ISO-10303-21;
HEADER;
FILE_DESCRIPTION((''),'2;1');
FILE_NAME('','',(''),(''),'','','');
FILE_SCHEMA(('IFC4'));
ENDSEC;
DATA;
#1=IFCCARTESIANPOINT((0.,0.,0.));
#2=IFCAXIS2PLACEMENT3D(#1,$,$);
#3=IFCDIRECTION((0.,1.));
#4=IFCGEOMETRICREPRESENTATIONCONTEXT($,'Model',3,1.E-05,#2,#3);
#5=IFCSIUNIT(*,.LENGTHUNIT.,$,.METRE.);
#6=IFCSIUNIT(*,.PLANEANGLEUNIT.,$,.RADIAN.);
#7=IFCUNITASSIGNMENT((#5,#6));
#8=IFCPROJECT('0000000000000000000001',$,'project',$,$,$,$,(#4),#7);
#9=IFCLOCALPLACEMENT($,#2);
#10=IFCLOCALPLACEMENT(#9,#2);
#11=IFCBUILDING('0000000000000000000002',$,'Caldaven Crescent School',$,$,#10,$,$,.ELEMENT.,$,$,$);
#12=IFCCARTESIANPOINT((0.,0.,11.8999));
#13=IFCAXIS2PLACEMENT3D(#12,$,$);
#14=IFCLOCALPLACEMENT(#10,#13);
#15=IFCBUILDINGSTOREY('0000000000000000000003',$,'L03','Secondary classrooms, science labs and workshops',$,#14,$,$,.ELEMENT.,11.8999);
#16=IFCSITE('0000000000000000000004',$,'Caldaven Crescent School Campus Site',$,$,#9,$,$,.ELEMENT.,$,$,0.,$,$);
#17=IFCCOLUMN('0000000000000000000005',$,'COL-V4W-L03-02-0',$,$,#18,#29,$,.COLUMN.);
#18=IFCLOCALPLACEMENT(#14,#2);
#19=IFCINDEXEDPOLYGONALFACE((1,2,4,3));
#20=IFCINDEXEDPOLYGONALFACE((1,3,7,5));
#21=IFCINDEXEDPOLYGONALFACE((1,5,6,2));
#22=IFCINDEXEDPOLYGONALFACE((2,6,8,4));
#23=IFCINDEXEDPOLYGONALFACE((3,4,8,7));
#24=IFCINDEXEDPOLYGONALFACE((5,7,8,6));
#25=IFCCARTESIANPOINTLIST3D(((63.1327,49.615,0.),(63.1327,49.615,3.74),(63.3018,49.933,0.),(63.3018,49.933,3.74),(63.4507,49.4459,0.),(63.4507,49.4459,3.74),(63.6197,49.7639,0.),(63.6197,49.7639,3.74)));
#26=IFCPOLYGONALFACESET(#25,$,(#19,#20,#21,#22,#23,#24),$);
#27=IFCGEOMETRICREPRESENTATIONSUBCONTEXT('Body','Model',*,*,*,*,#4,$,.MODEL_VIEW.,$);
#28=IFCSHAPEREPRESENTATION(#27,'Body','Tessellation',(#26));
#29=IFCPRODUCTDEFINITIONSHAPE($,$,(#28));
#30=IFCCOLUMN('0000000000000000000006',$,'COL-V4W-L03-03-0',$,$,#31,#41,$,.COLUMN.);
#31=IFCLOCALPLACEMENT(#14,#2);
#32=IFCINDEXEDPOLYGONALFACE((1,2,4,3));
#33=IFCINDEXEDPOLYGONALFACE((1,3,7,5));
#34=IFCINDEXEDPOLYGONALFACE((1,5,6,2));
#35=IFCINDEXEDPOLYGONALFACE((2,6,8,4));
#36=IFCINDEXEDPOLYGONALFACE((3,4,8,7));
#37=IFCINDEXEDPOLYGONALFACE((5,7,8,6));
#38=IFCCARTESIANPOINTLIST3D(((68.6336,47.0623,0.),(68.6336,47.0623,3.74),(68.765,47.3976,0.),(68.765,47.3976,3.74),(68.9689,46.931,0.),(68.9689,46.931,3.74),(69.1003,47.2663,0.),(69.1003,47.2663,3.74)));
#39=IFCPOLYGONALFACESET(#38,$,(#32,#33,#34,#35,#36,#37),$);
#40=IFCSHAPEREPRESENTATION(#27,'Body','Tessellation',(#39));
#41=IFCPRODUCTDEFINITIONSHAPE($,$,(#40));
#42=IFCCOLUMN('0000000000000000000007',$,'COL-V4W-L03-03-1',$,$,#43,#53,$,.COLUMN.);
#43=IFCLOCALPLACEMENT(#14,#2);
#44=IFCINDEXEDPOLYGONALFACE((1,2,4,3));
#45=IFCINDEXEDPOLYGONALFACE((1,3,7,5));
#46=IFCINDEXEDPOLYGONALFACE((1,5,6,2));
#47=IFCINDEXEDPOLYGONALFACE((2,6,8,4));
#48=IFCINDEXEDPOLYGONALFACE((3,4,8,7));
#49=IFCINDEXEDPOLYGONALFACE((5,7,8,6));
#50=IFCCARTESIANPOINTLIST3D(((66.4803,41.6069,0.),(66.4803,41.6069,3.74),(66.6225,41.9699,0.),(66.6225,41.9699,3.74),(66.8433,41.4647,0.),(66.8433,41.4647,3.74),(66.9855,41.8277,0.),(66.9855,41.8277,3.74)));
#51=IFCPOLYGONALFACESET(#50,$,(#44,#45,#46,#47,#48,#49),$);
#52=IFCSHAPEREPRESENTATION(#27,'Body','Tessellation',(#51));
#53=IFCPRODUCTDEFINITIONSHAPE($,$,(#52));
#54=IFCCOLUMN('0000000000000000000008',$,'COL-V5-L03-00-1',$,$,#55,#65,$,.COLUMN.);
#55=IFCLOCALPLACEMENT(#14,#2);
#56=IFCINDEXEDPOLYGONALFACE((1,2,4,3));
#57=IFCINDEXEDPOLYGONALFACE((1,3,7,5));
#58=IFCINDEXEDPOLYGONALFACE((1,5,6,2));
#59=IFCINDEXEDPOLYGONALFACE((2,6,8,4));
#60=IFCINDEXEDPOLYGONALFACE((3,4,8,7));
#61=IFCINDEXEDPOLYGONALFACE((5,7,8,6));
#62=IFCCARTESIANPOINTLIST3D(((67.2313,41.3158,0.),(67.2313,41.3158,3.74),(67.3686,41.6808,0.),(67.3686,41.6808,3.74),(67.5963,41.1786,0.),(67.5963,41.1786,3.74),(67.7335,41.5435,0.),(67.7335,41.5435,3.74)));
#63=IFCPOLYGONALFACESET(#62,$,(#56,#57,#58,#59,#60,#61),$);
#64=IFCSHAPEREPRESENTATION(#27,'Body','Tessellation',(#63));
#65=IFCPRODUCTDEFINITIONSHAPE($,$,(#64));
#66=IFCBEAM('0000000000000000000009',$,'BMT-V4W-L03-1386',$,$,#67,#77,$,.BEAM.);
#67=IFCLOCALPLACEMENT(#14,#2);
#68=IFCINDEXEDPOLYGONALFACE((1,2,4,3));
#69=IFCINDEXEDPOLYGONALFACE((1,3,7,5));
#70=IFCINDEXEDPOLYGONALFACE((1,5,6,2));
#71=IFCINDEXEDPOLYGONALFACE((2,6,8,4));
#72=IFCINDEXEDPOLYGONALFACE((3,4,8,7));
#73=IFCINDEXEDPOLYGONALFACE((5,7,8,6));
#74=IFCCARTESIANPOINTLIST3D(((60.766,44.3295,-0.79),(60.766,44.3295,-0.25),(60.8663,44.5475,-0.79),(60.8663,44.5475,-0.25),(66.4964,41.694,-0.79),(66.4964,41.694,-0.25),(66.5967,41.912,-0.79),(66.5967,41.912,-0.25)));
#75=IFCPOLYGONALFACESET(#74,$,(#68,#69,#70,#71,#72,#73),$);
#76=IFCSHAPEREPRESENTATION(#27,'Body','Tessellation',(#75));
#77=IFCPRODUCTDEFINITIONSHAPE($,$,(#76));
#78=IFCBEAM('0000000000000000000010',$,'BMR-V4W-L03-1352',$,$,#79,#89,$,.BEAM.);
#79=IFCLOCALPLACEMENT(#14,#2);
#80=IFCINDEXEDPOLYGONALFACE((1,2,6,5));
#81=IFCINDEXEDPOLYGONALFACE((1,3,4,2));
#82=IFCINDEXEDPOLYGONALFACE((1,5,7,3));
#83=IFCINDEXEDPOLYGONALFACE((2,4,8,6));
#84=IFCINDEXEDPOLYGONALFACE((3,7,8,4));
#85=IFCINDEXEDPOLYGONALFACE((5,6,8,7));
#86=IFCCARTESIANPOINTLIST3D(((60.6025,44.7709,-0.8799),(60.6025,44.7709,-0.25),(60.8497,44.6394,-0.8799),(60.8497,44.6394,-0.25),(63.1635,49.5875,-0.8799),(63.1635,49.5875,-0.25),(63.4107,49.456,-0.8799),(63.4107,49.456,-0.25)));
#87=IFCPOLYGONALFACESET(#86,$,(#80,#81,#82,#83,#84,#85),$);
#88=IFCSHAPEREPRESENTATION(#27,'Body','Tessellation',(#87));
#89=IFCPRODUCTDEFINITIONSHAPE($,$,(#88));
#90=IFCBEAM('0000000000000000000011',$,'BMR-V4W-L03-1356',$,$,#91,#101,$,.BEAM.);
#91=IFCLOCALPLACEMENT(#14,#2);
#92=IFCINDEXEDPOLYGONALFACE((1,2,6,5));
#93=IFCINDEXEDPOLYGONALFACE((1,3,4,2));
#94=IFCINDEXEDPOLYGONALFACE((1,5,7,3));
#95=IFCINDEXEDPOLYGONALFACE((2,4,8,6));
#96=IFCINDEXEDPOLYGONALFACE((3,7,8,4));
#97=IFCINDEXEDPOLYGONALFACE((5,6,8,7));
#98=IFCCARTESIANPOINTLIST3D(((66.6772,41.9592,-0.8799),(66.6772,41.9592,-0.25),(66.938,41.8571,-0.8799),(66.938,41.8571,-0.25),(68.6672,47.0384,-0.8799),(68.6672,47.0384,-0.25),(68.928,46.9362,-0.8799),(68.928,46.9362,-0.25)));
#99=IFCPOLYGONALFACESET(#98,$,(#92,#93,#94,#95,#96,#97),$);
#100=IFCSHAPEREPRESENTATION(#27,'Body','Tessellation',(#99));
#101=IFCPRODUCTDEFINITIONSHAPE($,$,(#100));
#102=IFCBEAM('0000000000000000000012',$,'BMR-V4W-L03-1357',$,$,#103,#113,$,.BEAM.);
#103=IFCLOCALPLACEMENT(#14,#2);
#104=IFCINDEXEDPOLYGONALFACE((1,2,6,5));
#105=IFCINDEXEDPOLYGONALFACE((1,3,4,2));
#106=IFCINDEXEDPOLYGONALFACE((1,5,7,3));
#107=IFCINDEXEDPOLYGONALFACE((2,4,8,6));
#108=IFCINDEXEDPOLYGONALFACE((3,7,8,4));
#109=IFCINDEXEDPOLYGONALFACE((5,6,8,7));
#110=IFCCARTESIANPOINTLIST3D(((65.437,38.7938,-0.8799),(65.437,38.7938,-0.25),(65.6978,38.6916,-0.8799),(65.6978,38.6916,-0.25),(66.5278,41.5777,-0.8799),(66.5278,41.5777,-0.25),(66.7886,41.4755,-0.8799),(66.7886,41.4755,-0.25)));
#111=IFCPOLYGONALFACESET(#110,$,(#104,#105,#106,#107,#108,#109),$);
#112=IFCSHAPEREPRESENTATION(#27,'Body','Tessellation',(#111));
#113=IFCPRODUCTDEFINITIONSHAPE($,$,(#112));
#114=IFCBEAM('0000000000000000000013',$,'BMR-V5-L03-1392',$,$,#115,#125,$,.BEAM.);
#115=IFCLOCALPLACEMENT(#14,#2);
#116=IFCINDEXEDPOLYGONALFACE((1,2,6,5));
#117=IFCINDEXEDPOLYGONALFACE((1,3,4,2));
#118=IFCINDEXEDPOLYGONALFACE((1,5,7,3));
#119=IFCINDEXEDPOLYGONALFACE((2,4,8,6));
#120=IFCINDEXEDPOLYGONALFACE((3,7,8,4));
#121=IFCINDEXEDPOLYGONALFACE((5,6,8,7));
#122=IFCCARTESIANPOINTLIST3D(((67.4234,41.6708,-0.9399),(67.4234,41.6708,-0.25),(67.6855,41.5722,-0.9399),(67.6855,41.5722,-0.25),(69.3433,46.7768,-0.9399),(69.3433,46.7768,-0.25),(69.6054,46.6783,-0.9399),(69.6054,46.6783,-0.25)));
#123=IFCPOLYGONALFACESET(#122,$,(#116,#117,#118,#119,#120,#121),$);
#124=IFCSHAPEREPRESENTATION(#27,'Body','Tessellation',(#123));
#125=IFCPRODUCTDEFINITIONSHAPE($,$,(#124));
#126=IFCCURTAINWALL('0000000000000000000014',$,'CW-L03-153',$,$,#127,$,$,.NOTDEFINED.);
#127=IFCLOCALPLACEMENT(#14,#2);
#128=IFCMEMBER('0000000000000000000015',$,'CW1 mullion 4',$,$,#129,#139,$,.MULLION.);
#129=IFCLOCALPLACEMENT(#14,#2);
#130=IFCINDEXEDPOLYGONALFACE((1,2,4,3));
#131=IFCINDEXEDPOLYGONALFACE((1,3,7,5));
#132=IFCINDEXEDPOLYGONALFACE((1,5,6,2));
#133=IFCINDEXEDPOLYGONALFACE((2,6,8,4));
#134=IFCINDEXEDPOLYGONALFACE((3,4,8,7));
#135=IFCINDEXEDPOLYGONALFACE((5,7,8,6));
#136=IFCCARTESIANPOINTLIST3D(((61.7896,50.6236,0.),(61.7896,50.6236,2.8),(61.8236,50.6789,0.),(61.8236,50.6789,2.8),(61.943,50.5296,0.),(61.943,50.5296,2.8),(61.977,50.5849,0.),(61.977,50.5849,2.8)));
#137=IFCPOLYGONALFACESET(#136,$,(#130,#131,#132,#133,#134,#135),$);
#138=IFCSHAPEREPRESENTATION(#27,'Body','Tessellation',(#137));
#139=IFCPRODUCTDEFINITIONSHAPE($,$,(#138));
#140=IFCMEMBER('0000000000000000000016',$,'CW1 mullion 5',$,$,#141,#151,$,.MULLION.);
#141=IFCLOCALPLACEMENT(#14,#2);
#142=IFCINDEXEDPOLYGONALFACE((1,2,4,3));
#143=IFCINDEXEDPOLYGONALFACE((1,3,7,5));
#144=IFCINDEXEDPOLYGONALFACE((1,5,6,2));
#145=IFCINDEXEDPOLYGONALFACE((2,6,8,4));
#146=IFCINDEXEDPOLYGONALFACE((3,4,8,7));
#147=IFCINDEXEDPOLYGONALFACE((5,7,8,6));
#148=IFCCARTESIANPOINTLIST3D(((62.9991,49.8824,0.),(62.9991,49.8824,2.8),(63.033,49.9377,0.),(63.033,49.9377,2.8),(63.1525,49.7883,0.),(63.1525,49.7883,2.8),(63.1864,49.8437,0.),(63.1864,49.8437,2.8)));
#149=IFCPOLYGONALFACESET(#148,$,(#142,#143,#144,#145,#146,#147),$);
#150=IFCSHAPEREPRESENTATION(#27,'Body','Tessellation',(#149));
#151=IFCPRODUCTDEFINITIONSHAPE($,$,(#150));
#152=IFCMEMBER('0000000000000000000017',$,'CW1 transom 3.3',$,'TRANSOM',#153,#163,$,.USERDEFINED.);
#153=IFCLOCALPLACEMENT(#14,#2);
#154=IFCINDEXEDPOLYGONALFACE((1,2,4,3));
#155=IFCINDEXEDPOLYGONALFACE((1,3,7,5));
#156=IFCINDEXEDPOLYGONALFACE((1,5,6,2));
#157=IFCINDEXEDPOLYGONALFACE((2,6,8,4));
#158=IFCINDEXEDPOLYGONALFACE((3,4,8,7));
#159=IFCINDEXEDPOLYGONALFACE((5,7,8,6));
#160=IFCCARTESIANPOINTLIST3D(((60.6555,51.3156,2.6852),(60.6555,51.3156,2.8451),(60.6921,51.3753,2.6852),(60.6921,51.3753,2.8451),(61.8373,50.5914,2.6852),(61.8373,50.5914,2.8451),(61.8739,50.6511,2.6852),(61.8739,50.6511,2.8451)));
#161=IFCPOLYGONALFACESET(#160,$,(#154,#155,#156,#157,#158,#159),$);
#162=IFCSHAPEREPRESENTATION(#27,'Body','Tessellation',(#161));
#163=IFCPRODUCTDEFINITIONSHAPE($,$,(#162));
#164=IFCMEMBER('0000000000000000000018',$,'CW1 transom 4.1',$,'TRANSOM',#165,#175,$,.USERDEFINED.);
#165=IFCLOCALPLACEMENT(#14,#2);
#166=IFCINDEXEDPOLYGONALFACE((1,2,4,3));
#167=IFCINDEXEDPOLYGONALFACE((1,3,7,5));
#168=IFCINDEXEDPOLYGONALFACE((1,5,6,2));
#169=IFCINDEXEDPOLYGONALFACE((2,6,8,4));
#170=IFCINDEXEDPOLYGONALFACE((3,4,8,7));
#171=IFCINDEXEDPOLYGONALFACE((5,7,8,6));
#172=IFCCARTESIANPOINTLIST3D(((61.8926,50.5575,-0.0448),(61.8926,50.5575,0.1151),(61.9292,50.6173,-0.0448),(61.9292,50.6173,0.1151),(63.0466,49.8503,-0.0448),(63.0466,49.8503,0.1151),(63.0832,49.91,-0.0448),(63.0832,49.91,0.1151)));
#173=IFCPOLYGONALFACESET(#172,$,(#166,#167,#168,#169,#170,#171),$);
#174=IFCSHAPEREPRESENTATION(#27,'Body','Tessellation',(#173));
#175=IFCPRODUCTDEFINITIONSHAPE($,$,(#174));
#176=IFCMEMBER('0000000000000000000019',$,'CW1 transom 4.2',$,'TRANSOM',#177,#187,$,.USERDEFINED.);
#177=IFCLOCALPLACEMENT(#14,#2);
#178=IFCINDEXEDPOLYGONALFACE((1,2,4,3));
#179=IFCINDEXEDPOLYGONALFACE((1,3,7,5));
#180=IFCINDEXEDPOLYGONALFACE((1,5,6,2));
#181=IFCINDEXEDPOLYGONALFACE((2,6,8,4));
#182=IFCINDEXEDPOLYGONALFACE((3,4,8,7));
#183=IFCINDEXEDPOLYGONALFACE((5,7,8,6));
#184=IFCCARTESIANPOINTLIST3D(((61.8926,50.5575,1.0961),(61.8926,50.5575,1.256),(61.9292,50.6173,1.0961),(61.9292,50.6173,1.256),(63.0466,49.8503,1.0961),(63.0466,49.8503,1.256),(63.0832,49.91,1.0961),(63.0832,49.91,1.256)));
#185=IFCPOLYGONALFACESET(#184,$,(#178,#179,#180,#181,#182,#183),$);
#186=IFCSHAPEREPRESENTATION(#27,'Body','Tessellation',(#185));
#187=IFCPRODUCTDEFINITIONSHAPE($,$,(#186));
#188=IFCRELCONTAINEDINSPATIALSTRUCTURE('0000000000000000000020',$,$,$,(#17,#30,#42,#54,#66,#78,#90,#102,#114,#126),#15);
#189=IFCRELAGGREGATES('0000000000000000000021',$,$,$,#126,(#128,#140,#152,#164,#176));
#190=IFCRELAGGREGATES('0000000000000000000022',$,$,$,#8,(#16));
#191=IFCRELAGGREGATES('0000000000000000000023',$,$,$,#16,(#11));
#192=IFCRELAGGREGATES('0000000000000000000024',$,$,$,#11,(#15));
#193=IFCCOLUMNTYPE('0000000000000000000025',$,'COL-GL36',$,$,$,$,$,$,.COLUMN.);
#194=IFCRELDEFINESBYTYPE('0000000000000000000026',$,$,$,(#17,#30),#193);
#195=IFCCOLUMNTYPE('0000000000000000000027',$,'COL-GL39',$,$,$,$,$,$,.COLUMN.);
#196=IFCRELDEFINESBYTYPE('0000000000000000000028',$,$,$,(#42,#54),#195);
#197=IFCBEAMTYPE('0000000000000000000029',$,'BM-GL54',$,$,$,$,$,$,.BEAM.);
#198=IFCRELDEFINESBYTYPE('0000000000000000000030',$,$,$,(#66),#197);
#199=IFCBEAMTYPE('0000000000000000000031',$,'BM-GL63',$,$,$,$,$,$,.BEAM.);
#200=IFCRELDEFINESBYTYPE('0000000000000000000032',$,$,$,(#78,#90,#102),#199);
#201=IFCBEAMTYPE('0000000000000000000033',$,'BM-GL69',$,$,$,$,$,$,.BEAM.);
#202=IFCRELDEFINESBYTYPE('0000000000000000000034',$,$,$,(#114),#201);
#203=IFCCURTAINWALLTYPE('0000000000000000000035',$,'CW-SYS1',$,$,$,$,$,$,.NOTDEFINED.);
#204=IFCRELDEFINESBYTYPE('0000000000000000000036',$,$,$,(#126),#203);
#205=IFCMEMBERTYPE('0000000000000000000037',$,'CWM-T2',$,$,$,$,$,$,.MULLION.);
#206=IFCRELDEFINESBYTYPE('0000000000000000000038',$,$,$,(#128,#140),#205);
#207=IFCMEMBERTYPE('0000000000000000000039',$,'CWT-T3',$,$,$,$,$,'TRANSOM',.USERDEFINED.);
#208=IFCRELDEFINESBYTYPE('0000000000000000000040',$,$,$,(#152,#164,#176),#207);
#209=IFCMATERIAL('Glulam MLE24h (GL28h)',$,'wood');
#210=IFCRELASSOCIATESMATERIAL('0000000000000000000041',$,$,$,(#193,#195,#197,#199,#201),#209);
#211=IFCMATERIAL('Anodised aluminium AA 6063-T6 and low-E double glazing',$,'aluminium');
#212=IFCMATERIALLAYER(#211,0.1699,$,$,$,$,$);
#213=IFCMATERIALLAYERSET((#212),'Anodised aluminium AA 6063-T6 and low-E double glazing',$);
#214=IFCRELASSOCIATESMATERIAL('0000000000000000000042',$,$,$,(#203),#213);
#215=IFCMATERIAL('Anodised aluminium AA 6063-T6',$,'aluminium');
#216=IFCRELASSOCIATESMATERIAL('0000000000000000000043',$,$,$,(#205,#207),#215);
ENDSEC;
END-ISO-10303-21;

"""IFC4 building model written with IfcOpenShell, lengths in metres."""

from ifc_helpers import new_model, si_unit, direction, frame, origin, origin_2d, place, context, subcontext, project, spatial, rectangle, extrude, material, layer, layer_set, material_profile, profile_set, type_object, element, aggregate, save


model = new_model("IFC4")

# Units and contexts
model_context = context("Model", 3, precision=1e-05, world=origin(), true_north=direction((0.0, 1.0)))
body_context = subcontext(model_context, "Body", "Model", "MODEL_VIEW")
ifc_project = project(units=[si_unit("LENGTHUNIT", "METRE"), si_unit("PLANEANGLEUNIT", "RADIAN")], contexts=[model_context])

# Site, building, storey
site_placement = place(None, origin())
site = spatial("IfcSite", under=ifc_project, at=site_placement, Name="Caldaven Crescent School Campus Site", CompositionType="ELEMENT", RefElevation=0.0)
building_placement = place(site_placement, origin())
building = spatial("IfcBuilding", under=site, at=building_placement, Name="Caldaven Crescent School", CompositionType="ELEMENT")
storey_placement = place(building_placement, frame((0.0, 0.0, 11.8999)))
storey = spatial("IfcBuildingStorey", under=building, at=storey_placement, Name="L03", Description="Secondary classrooms, science labs and workshops", CompositionType="ELEMENT", Elevation=11.8999)

# Columns
ifc_material_1 = material(Name="Glulam MLE24h (GL28h)", Category="wood")
ifc_material_profile_1 = material_profile(ifc_material_1, rectangle(XDim=0.3601, YDim=0.3601, at=origin_2d()), Name="MLE 360x360")
ifc_profile_set_1 = profile_set([ifc_material_profile_1], Name="Glulam MLE24h (GL28h)")
column_type_1 = type_object("IfcColumnType", Name="COL-GL36", PredefinedType="COLUMN", material=ifc_profile_set_1)
for number, where, z_axis, x_axis, name in (
    (1, (63.3762, 49.6895, 0.0), (0.0, 0.0, 1.0), (-0.469472, -0.882948, 0.0), "COL-V4W-L03-02-0"),
    (2, (68.8669, 47.1643, 0.0), (0.0, 0.0, 1.0), (-0.364714, -0.931119, 0.0), "COL-V4W-L03-03-0"),
):
    element("IfcColumn", number, at=place(storey_placement, frame(where, z_axis=z_axis, x_axis=x_axis)), inside=storey, type_object=column_type_1, Name=name, PredefinedType="COLUMN", context=body_context, shape_type="SweptSolid", body=[
        extrude(rectangle(XDim=0.3601, YDim=0.3601, at=origin_2d()), origin(), (0.0, 0.0, 1.0), 3.74),
    ])
ifc_material_profile_2 = material_profile(ifc_material_1, rectangle(XDim=0.3899, YDim=0.3899, at=origin_2d()), Name="MLE 390x390")
ifc_profile_set_2 = profile_set([ifc_material_profile_2], Name="Glulam MLE24h (GL28h)")
column_type_2 = type_object("IfcColumnType", Name="COL-GL39", PredefinedType="COLUMN", material=ifc_profile_set_2)
for number, where, z_axis, x_axis, name in (
    (3, (66.7329, 41.7173, 0.0), (0.0, 0.0, 1.0), (-0.364714, -0.931119, 0.0), "COL-V4W-L03-03-1"),
    (4, (67.4824, 41.4297, 0.0), (0.0, 0.0, 1.0), (-0.352005, -0.935998, 0.0), "COL-V5-L03-00-1"),
):
    element("IfcColumn", number, at=place(storey_placement, frame(where, z_axis=z_axis, x_axis=x_axis)), inside=storey, type_object=column_type_2, Name=name, PredefinedType="COLUMN", context=body_context, shape_type="SweptSolid", body=[
        extrude(rectangle(XDim=0.3899, YDim=0.3899, at=origin_2d()), origin(), (0.0, 0.0, 1.0), 3.74),
    ])

# Beams
ifc_material_profile_3 = material_profile(ifc_material_1, rectangle(XDim=0.24, YDim=0.54, at=origin_2d()), Name="MLE 240x540")
ifc_profile_set_3 = profile_set([ifc_material_profile_3], Name="Glulam MLE24h (GL28h)")
beam_type_1 = type_object("IfcBeamType", Name="BM-GL54", PredefinedType="BEAM", material=ifc_profile_set_3)
beam_1_placement = place(storey_placement, frame((60.8162, 44.4385, -0.52), z_axis=(0.908522, -0.417838, 0.0), x_axis=(0.417838, 0.908522, 0.0)))
element("IfcBeam", 5, at=beam_1_placement, inside=storey, type_object=beam_type_1, Name="BMT-V4W-L03-1386", PredefinedType="BEAM", context=body_context, shape_type="SweptSolid", body=[
    extrude(rectangle(XDim=0.24, YDim=0.54, at=origin_2d()), origin(), (0.0, 0.0, 1.0), 6.3074),
])
ifc_material_profile_4 = material_profile(ifc_material_1, rectangle(XDim=0.28, YDim=0.6299, at=origin_2d()), Name="MLE 280x630")
ifc_profile_set_4 = profile_set([ifc_material_profile_4], Name="Glulam MLE24h (GL28h)")
beam_type_2 = type_object("IfcBeamType", Name="BM-GL63", PredefinedType="BEAM", material=ifc_profile_set_4)
for number, where, z_axis, x_axis, name in (
    (6, (63.2871, 49.5217, -0.5649), (-0.469468, -0.882949, 0.0), (0.882949, -0.469468, 0.0), "BMR-V4W-L03-1352"),
    (7, (68.7976, 46.9873, -0.5649), (-0.364799, -0.931086, 0.0), (0.931086, -0.364799, 0.0), "BMR-V4W-L03-1356"),
):
    element("IfcBeam", number, at=place(storey_placement, frame(where, z_axis=z_axis, x_axis=x_axis)), inside=storey, type_object=beam_type_2, Name=name, PredefinedType="BEAM", context=body_context, shape_type="SweptSolid", body=[
        extrude(rectangle(XDim=0.28, YDim=0.6299, at=origin_2d()), origin(), (0.0, 0.0, 1.0), 5.4551),
    ])
beam_2_placement = place(storey_placement, frame((66.6582, 41.5266, -0.5649), z_axis=(-0.364821, -0.931078, 0.0), x_axis=(0.931078, -0.364821, 0.0)))
element("IfcBeam", 8, at=beam_2_placement, inside=storey, type_object=beam_type_2, Name="BMR-V4W-L03-1357", PredefinedType="BEAM", context=body_context, shape_type="SweptSolid", body=[
    extrude(rectangle(XDim=0.28, YDim=0.6299, at=origin_2d()), origin(), (0.0, 0.0, 1.0), 2.99),
])
ifc_material_profile_5 = material_profile(ifc_material_1, rectangle(XDim=0.28, YDim=0.6899, at=origin_2d()), Name="MLE 280x690")
ifc_profile_set_5 = profile_set([ifc_material_profile_5], Name="Glulam MLE24h (GL28h)")
beam_type_3 = type_object("IfcBeamType", Name="BM-GL69", PredefinedType="BEAM", material=ifc_profile_set_5)
beam_3_placement = place(storey_placement, frame((69.4744, 46.7275, -0.595), z_axis=(-0.351957, -0.936016, 0.0), x_axis=(0.936016, -0.351957, 0.0)))
element("IfcBeam", 9, at=beam_3_placement, inside=storey, type_object=beam_type_3, Name="BMR-V5-L03-1392", PredefinedType="BEAM", context=body_context, shape_type="SweptSolid", body=[
    extrude(rectangle(XDim=0.28, YDim=0.6899, at=origin_2d()), origin(), (0.0, 0.0, 1.0), 5.4551),
])

# Curtain wall, members
ifc_material_2 = material(Name="Anodised aluminium AA 6063-T6 and low-E double glazing", Category="aluminium")
ifc_layer_1 = layer(ifc_material_2, 0.1699)
ifc_layer_set_1 = layer_set([ifc_layer_1], Name="Anodised aluminium AA 6063-T6 and low-E double glazing")
curtain_wall_type = type_object("IfcCurtainWallType", Name="CW-SYS1", PredefinedType="NOTDEFINED", material=ifc_layer_set_1)
curtain_wall_placement = place(storey_placement, origin())
curtain_wall = element("IfcCurtainWall", 10, at=curtain_wall_placement, inside=storey, type_object=curtain_wall_type, Name="CW-L03-153", PredefinedType="NOTDEFINED")
ifc_material_3 = material(Name="Anodised aluminium AA 6063-T6", Category="aluminium")
ifc_material_profile_6 = material_profile(ifc_material_3, rectangle(XDim=0.0649, YDim=0.1799, at=origin_2d()), Name="CWM 65x180")
ifc_profile_set_6 = profile_set([ifc_material_profile_6], Name="Anodised aluminium AA 6063-T6")
member_type_1 = type_object("IfcMemberType", Name="CWM-T2", PredefinedType="MULLION", material=ifc_profile_set_6)
member_1_placement = place(storey_placement, frame((61.8833, 50.6042, 0.0), z_axis=(0.0, 0.0, 1.0), x_axis=(0.522499, 0.85264, 0.0)))
member_1 = element("IfcMember", 11, at=member_1_placement, type_object=member_type_1, Name="CW1 mullion 4", PredefinedType="MULLION", context=body_context, shape_type="SweptSolid", body=[
    extrude(rectangle(XDim=0.0649, YDim=0.1799, at=origin_2d()), origin(), (0.0, 0.0, 1.0), 2.8),
])
member_2_placement = place(storey_placement, frame((63.0928, 49.863, 0.0), z_axis=(0.0, 0.0, 1.0), x_axis=(0.522499, 0.85264, 0.0)))
member_2 = element("IfcMember", 12, at=member_2_placement, type_object=member_type_1, Name="CW1 mullion 5", PredefinedType="MULLION", context=body_context, shape_type="SweptSolid", body=[
    extrude(rectangle(XDim=0.0649, YDim=0.1799, at=origin_2d()), origin(), (0.0, 0.0, 1.0), 2.8),
])
ifc_material_profile_7 = material_profile(ifc_material_3, rectangle(XDim=0.0701, YDim=0.1599, at=origin_2d()), Name="CWT 70x160")
ifc_profile_set_7 = profile_set([ifc_material_profile_7], Name="Anodised aluminium AA 6063-T6")
member_type_2 = type_object("IfcMemberType", Name="CWT-T3", ElementType="TRANSOM", PredefinedType="USERDEFINED", material=ifc_profile_set_7)
member_3_placement = place(storey_placement, frame((60.6738, 51.3455, 2.7651), z_axis=(0.852637, -0.522504, 0.0), x_axis=(0.522504, 0.852637, 0.0)))
member_3 = element("IfcMember", 13, at=member_3_placement, type_object=member_type_2, Name="CW1 transom 3.3", ObjectType="TRANSOM", PredefinedType="USERDEFINED", context=body_context, shape_type="SweptSolid", body=[
    extrude(rectangle(XDim=0.0701, YDim=0.1599, at=origin_2d()), origin(), (0.0, 0.0, 1.0), 1.386),
])
member_4_placement = place(storey_placement, frame((61.9109, 50.5874, 0.0352), z_axis=(0.852617, -0.522537, 0.0), x_axis=(0.522537, 0.852617, 0.0)))
member_4 = element("IfcMember", 14, at=member_4_placement, type_object=member_type_2, Name="CW1 transom 4.1", ObjectType="TRANSOM", PredefinedType="USERDEFINED", context=body_context, shape_type="SweptSolid", body=[
    extrude(rectangle(XDim=0.0701, YDim=0.1599, at=origin_2d()), origin(), (0.0, 0.0, 1.0), 1.3535),
])
member_5_placement = place(storey_placement, frame((61.9109, 50.5874, 1.176), z_axis=(0.852617, -0.522537, 0.0), x_axis=(0.522537, 0.852617, 0.0)))
member_5 = element("IfcMember", 15, at=member_5_placement, type_object=member_type_2, Name="CW1 transom 4.2", ObjectType="TRANSOM", PredefinedType="USERDEFINED", context=body_context, shape_type="SweptSolid", body=[
    extrude(rectangle(XDim=0.0701, YDim=0.1599, at=origin_2d()), origin(), (0.0, 0.0, 1.0), 1.3535),
])

aggregate(curtain_wall, [member_1, member_2, member_3, member_4, member_5])

save(model, "model.ifc")
